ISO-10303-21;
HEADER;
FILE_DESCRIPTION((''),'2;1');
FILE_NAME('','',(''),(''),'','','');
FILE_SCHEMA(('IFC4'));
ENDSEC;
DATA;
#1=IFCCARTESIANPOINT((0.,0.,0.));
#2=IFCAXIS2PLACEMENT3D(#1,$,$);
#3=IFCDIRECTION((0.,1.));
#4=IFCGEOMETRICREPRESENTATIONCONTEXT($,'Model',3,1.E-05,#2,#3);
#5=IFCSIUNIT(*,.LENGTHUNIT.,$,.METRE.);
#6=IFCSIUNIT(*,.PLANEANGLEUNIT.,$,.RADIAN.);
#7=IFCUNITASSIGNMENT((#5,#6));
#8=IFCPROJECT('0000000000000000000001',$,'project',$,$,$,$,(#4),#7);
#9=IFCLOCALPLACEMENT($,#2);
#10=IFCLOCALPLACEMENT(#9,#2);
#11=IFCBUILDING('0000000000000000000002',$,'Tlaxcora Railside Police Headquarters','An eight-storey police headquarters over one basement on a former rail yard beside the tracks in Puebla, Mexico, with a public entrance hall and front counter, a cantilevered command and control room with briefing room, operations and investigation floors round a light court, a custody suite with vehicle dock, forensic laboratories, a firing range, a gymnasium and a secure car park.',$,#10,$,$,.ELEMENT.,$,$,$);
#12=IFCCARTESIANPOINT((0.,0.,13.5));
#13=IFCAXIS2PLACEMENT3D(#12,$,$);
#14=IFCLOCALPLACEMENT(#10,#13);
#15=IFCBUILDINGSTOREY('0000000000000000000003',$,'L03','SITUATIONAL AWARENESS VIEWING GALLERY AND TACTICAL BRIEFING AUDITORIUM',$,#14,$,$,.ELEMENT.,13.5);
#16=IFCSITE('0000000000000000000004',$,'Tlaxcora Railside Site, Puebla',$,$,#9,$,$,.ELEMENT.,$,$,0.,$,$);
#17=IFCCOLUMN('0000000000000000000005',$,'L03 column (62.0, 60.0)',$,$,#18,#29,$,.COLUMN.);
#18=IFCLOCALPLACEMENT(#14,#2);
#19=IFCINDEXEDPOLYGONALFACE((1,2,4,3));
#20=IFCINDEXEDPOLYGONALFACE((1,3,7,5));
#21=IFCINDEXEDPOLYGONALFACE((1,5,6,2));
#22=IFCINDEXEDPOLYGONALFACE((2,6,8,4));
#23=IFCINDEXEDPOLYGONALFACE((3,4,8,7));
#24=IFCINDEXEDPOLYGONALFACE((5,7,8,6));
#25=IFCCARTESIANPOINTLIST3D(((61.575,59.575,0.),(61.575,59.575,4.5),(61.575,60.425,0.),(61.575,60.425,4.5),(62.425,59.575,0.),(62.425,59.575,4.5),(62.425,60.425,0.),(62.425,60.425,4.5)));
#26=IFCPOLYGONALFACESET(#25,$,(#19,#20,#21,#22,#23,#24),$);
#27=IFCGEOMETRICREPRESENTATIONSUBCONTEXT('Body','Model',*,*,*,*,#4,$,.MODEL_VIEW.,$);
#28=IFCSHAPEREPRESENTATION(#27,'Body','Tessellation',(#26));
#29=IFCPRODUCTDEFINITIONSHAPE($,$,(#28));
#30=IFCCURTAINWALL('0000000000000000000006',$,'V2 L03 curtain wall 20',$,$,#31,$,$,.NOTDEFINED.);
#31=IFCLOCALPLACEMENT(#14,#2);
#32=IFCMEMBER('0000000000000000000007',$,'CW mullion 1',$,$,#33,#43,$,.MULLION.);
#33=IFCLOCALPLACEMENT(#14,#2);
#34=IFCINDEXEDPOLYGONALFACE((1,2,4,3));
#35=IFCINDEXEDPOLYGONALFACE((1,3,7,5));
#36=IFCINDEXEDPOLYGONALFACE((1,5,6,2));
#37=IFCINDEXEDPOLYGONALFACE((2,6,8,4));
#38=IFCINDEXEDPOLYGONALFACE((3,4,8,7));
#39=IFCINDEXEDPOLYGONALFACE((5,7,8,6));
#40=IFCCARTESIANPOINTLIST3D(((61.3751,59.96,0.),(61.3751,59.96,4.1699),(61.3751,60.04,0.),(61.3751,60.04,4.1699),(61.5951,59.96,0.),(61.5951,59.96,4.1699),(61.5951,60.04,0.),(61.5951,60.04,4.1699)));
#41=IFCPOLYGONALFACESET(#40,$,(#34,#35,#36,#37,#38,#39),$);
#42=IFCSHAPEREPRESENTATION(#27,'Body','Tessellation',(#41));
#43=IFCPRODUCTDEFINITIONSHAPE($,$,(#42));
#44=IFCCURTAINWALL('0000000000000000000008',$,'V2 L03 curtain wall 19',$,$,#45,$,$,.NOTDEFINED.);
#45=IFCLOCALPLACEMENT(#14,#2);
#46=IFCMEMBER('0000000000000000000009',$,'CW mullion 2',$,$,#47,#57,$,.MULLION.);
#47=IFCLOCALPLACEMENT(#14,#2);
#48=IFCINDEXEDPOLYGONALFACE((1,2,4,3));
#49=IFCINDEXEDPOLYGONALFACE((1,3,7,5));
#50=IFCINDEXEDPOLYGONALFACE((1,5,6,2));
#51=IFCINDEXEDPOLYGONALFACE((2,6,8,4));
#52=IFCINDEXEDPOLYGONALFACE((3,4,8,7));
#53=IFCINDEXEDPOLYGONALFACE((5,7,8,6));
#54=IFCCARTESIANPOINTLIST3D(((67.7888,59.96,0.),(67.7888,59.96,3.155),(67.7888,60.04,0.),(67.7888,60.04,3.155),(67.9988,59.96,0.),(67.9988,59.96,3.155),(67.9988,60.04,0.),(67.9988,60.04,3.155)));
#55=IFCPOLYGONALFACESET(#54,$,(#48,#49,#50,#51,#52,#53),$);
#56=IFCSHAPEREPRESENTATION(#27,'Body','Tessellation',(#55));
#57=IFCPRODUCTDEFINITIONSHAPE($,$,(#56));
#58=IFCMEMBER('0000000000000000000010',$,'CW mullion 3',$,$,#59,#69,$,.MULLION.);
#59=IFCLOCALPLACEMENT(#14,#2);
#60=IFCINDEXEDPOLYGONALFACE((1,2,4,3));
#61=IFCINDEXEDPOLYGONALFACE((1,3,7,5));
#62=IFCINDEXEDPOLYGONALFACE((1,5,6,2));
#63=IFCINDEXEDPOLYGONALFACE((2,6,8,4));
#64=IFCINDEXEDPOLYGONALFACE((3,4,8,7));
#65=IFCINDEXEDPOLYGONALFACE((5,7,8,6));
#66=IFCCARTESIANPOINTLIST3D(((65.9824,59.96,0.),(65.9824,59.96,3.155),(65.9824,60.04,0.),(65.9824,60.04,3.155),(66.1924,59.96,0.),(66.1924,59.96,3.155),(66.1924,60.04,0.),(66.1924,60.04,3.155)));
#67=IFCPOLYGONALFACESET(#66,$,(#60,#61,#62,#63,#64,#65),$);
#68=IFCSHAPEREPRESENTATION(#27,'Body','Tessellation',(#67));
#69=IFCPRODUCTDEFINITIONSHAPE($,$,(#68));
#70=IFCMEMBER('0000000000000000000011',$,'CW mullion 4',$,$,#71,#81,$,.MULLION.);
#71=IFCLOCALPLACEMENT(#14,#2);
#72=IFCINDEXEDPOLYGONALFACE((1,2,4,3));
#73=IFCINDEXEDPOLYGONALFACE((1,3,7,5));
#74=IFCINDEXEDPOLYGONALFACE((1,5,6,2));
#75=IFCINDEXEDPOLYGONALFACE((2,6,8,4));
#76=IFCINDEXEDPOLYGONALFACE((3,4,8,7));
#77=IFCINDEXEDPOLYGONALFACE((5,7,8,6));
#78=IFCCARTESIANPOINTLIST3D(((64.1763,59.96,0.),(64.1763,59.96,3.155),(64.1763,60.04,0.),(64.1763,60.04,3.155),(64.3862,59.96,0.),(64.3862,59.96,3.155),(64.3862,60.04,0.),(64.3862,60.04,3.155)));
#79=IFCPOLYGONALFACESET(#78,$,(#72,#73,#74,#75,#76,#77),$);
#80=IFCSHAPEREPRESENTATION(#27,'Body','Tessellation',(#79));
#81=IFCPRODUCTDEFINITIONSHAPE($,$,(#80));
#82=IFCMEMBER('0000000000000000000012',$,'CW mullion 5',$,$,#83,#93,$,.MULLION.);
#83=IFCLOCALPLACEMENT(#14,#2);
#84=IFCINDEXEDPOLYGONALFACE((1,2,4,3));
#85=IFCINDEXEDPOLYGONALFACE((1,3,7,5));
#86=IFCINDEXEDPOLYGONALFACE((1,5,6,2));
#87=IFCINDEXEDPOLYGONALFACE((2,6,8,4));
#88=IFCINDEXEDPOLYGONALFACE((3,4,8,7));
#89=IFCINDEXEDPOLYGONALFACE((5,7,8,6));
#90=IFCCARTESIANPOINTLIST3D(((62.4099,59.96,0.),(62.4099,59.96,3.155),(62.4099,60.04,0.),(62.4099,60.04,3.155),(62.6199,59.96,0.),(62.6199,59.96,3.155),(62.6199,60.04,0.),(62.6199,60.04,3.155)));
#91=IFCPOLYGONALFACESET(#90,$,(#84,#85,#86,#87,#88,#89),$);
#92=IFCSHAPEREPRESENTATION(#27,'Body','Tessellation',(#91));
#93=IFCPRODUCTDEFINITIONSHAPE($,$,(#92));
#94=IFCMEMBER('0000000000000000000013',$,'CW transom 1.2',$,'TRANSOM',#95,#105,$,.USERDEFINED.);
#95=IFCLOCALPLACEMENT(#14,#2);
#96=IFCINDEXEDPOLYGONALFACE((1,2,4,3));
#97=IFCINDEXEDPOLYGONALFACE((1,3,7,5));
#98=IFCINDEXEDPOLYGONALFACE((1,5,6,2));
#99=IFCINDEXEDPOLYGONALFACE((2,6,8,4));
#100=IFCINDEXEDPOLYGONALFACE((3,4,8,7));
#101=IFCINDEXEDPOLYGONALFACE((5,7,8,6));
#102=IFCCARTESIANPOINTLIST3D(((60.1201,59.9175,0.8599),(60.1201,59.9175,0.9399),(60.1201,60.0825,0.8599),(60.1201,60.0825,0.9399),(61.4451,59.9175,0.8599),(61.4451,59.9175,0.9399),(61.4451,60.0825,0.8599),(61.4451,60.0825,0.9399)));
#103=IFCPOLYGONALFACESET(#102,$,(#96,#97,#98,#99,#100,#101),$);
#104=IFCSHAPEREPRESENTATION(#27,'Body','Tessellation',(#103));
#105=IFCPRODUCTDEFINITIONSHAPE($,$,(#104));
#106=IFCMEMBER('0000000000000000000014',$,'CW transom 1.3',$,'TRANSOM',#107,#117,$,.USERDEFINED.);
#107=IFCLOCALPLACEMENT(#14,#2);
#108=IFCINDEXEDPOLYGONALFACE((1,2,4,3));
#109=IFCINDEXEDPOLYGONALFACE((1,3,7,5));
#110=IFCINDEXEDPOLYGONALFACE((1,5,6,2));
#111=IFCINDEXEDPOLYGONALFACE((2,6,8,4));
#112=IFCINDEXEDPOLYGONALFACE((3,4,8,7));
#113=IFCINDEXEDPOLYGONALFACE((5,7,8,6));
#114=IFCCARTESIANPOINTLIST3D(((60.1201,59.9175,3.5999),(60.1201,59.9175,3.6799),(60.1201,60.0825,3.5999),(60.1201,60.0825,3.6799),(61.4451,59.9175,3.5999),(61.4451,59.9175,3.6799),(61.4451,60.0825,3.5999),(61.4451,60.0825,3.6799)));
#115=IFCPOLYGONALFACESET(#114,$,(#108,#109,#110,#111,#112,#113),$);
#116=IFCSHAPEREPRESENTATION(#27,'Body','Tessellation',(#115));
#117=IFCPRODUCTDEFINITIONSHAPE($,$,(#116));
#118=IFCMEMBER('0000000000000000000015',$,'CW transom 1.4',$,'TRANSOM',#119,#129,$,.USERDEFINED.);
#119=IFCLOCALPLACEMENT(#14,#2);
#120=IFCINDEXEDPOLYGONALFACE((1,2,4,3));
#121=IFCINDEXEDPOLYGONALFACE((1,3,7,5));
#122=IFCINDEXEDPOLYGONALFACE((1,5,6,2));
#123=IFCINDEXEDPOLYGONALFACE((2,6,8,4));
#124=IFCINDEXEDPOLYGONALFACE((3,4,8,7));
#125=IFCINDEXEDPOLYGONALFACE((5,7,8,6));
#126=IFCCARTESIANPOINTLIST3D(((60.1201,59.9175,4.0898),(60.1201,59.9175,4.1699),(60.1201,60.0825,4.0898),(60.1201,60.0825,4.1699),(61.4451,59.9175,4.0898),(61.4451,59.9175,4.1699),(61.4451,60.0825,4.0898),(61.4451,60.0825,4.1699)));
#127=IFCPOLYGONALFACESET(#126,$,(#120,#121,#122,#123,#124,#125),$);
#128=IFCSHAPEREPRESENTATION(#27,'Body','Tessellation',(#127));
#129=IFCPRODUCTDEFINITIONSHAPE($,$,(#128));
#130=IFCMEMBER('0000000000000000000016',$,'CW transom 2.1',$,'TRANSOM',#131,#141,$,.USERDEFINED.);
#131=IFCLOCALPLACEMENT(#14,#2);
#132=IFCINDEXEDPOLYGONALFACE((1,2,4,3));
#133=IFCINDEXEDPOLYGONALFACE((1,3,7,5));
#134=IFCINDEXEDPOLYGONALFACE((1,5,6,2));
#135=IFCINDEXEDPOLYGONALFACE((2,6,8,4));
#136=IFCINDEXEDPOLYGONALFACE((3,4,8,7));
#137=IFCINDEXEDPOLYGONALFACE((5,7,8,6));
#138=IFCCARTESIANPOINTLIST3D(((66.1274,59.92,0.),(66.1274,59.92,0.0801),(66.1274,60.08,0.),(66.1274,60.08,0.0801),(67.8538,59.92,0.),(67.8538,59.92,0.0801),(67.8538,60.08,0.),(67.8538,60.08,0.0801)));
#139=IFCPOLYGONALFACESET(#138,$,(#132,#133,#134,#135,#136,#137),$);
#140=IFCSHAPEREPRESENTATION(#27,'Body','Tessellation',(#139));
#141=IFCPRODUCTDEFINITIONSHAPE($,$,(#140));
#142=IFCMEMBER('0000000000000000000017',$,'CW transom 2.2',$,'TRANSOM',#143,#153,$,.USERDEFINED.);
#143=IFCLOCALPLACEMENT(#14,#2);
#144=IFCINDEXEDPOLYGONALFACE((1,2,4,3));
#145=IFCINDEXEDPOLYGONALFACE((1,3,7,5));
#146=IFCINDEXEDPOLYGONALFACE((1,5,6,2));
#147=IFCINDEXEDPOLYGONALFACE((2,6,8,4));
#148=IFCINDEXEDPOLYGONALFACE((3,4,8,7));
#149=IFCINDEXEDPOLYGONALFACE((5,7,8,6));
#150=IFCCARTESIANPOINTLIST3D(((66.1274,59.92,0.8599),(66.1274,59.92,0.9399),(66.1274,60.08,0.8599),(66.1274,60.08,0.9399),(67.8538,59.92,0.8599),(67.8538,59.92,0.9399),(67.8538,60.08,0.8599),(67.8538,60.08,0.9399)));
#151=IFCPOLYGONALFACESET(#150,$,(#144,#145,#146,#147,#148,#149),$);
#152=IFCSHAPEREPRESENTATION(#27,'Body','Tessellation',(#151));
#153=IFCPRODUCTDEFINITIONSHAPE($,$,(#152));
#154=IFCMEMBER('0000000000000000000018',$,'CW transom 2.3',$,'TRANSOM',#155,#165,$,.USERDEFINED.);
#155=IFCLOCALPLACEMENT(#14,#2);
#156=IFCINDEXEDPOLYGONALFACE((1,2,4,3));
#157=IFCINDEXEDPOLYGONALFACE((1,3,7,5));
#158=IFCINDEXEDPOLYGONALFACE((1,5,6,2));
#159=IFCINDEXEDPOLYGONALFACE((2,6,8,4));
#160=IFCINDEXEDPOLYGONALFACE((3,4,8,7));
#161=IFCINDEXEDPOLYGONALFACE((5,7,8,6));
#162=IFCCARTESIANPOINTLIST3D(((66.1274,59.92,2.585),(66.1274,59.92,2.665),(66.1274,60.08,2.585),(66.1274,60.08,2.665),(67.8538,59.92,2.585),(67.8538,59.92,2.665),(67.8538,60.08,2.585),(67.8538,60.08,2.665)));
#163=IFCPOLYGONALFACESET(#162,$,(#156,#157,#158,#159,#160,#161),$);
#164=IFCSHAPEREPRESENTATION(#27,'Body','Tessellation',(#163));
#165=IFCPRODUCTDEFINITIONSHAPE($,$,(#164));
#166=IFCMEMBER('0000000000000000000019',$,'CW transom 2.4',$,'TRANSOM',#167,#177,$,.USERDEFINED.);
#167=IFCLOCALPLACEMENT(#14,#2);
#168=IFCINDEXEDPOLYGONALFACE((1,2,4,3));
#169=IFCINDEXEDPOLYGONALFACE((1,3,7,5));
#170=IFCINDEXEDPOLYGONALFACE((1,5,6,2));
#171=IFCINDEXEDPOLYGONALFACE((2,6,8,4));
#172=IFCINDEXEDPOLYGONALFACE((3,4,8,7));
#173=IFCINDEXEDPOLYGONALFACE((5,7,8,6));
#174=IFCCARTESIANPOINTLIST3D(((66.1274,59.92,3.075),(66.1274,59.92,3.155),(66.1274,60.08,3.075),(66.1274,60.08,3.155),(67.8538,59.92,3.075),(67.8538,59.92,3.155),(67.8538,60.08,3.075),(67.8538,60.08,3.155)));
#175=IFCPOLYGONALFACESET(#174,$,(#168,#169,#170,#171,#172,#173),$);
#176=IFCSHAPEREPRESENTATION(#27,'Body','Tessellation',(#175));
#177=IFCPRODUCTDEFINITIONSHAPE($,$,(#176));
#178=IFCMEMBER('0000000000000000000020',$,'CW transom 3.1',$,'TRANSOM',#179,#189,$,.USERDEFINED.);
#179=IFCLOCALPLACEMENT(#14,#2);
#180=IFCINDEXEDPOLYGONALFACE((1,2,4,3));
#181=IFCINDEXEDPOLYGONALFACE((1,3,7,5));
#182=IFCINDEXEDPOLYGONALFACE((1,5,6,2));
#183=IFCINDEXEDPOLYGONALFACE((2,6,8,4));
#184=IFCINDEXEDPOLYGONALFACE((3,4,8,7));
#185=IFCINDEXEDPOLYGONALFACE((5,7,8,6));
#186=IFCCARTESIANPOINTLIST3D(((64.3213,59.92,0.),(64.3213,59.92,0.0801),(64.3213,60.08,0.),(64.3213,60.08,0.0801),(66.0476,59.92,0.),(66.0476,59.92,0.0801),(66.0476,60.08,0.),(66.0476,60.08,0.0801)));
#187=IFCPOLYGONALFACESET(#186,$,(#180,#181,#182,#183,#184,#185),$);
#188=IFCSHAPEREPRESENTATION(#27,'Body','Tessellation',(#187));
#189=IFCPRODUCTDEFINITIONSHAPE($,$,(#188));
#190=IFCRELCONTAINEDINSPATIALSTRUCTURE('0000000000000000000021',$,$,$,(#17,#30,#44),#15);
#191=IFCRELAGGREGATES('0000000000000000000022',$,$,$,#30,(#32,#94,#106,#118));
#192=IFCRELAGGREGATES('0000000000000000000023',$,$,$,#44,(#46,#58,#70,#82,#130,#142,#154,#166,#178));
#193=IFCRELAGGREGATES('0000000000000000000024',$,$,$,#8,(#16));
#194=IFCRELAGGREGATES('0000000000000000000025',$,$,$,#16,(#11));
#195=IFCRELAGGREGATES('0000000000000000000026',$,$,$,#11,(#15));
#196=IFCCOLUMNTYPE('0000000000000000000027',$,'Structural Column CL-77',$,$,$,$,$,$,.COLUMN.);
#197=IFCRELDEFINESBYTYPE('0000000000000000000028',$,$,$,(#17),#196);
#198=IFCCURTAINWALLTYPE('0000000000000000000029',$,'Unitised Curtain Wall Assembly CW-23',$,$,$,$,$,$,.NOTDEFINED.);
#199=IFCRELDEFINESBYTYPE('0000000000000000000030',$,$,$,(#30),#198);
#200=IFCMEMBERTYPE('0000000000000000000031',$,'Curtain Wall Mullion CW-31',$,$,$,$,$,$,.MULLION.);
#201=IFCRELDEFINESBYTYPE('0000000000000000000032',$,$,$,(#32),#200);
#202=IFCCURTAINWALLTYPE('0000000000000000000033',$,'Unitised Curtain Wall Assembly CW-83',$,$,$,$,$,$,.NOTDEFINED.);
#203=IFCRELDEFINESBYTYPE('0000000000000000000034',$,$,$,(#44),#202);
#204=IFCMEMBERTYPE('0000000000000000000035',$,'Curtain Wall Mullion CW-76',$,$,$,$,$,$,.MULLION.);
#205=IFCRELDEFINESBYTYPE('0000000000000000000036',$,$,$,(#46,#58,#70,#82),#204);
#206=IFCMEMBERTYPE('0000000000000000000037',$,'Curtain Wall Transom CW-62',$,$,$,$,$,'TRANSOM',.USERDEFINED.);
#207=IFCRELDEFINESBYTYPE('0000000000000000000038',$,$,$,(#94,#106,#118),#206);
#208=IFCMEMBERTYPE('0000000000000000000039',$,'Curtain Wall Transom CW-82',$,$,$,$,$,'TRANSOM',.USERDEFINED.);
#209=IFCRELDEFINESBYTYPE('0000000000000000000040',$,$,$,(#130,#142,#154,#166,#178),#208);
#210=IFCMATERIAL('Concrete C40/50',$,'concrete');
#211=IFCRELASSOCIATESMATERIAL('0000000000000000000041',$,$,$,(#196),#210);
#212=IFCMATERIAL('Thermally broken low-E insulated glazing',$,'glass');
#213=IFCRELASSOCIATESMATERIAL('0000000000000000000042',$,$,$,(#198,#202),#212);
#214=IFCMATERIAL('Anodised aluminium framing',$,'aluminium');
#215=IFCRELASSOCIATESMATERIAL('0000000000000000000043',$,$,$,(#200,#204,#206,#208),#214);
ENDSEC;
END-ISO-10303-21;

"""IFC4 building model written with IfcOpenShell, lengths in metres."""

from ifc_helpers import new_model, si_unit, direction, frame, origin, origin_2d, place, context, subcontext, project, spatial, rectangle, extrude, material, material_profile, profile_set, type_object, element, aggregate, save


model = new_model("IFC4")

# Units and contexts
model_context = context("Model", 3, precision=1e-05, world=origin(), true_north=direction((0.0, 1.0)))
body_context = subcontext(model_context, "Body", "Model", "MODEL_VIEW")
ifc_project = project(units=[si_unit("LENGTHUNIT", "METRE"), si_unit("PLANEANGLEUNIT", "RADIAN")], contexts=[model_context])

# Site, building, storey
site_placement = place(None, origin())
site = spatial("IfcSite", under=ifc_project, at=site_placement, Name="Tlaxcora Railside Site, Puebla", CompositionType="ELEMENT", RefElevation=0.0)
building_placement = place(site_placement, origin())
building = spatial("IfcBuilding", under=site, at=building_placement, Name="Tlaxcora Railside Police Headquarters", Description="An eight-storey police headquarters over one basement on a former rail yard beside the tracks in Puebla, Mexico, with a public entrance hall and front counter, a cantilevered command and control room with briefing room, operations and investigation floors round a light court, a custody suite with vehicle dock, forensic laboratories, a firing range, a gymnasium and a secure car park.", CompositionType="ELEMENT")
storey_placement = place(building_placement, frame((0.0, 0.0, 13.5)))
storey = spatial("IfcBuildingStorey", under=building, at=storey_placement, Name="L03", Description="SITUATIONAL AWARENESS VIEWING GALLERY AND TACTICAL BRIEFING AUDITORIUM", CompositionType="ELEMENT", Elevation=13.5)

# Column
ifc_material_1 = material(Name="Concrete C40/50", Category="concrete")
ifc_material_profile_1 = material_profile(ifc_material_1, rectangle(XDim=0.8501, YDim=0.8501, at=origin_2d()), Name="RC850X850")
ifc_profile_set_1 = profile_set([ifc_material_profile_1], Name="Concrete C40/50")
column_type = type_object("IfcColumnType", Name="Structural Column CL-77", PredefinedType="COLUMN", material=ifc_profile_set_1)
column_placement = place(storey_placement, frame((62.0, 60.0, 0.0), z_axis=(0.0, 0.0, 1.0), x_axis=(1.0, 0.0, 0.0)))
element("IfcColumn", 1, at=column_placement, inside=storey, type_object=column_type, Name="L03 column (62.0, 60.0)", PredefinedType="COLUMN", context=body_context, shape_type="SweptSolid", body=[
    extrude(rectangle(XDim=0.8501, YDim=0.8501, at=origin_2d()), origin(), (0.0, 0.0, 1.0), 4.5),
])

# Curtain wall, member
ifc_material_2 = material(Name="Thermally broken low-E insulated glazing", Category="glass")
curtain_wall_type_1 = type_object("IfcCurtainWallType", Name="Unitised Curtain Wall Assembly CW-23", PredefinedType="NOTDEFINED", material=ifc_material_2)
curtain_wall_1_placement = place(storey_placement, origin())
curtain_wall_1 = element("IfcCurtainWall", 2, at=curtain_wall_1_placement, inside=storey, type_object=curtain_wall_type_1, Name="V2 L03 curtain wall 20", PredefinedType="NOTDEFINED")
ifc_material_3 = material(Name="Anodised aluminium framing", Category="aluminium")
ifc_material_profile_2 = material_profile(ifc_material_3, rectangle(XDim=0.0801, YDim=0.22, at=origin_2d()), Name="AL80X220")
ifc_profile_set_2 = profile_set([ifc_material_profile_2], Name="Anodised aluminium framing")
member_type_1 = type_object("IfcMemberType", Name="Curtain Wall Mullion CW-31", PredefinedType="MULLION", material=ifc_profile_set_2)
member_1_placement = place(storey_placement, frame((61.4851, 60.0, 0.0), z_axis=(0.0, 0.0, 1.0), x_axis=(0.0, -1.0, 0.0)))
member_1 = element("IfcMember", 3, at=member_1_placement, type_object=member_type_1, Name="CW mullion 1", PredefinedType="MULLION", context=body_context, shape_type="SweptSolid", body=[
    extrude(rectangle(XDim=0.0801, YDim=0.22, at=origin_2d()), origin(), (0.0, 0.0, 1.0), 4.1699),
])

# Curtain wall, members
curtain_wall_type_2 = type_object("IfcCurtainWallType", Name="Unitised Curtain Wall Assembly CW-83", PredefinedType="NOTDEFINED", material=ifc_material_2)
curtain_wall_2_placement = place(storey_placement, origin())
curtain_wall_2 = element("IfcCurtainWall", 4, at=curtain_wall_2_placement, inside=storey, type_object=curtain_wall_type_2, Name="V2 L03 curtain wall 19", PredefinedType="NOTDEFINED")
ifc_material_profile_3 = material_profile(ifc_material_3, rectangle(XDim=0.0801, YDim=0.21, at=origin_2d()), Name="AL80X210")
ifc_profile_set_3 = profile_set([ifc_material_profile_3], Name="Anodised aluminium framing")
member_type_2 = type_object("IfcMemberType", Name="Curtain Wall Mullion CW-76", PredefinedType="MULLION", material=ifc_profile_set_3)
member_2_placement = place(storey_placement, frame((67.8938, 60.0, 0.0), z_axis=(0.0, 0.0, 1.0), x_axis=(0.0, -1.0, 0.0)))
member_2 = element("IfcMember", 5, at=member_2_placement, type_object=member_type_2, Name="CW mullion 2", PredefinedType="MULLION", context=body_context, shape_type="SweptSolid", body=[
    extrude(rectangle(XDim=0.0801, YDim=0.21, at=origin_2d()), origin(), (0.0, 0.0, 1.0), 3.155),
])
member_3_placement = place(storey_placement, frame((66.0874, 60.0, 0.0), z_axis=(0.0, 0.0, 1.0), x_axis=(0.0, -1.0, 0.0)))
member_3 = element("IfcMember", 6, at=member_3_placement, type_object=member_type_2, Name="CW mullion 3", PredefinedType="MULLION", context=body_context, shape_type="SweptSolid", body=[
    extrude(rectangle(XDim=0.0801, YDim=0.21, at=origin_2d()), origin(), (0.0, 0.0, 1.0), 3.155),
])
member_4_placement = place(storey_placement, frame((64.2812, 60.0, 0.0), z_axis=(0.0, 0.0, 1.0), x_axis=(0.0, -1.0, 0.0)))
member_4 = element("IfcMember", 7, at=member_4_placement, type_object=member_type_2, Name="CW mullion 4", PredefinedType="MULLION", context=body_context, shape_type="SweptSolid", body=[
    extrude(rectangle(XDim=0.0801, YDim=0.21, at=origin_2d()), origin(), (0.0, 0.0, 1.0), 3.155),
])
member_5_placement = place(storey_placement, frame((62.5149, 60.0, 0.0), z_axis=(0.0, 0.0, 1.0), x_axis=(0.0, -1.0, 0.0)))
member_5 = element("IfcMember", 8, at=member_5_placement, type_object=member_type_2, Name="CW mullion 5", PredefinedType="MULLION", context=body_context, shape_type="SweptSolid", body=[
    extrude(rectangle(XDim=0.0801, YDim=0.21, at=origin_2d()), origin(), (0.0, 0.0, 1.0), 3.155),
])

# Members
ifc_material_profile_4 = material_profile(ifc_material_3, rectangle(XDim=0.165, YDim=0.0801, at=origin_2d()), Name="AL80X165")
ifc_profile_set_4 = profile_set([ifc_material_profile_4], Name="Anodised aluminium framing")
member_type_3 = type_object("IfcMemberType", Name="Curtain Wall Transom CW-62", ElementType="TRANSOM", PredefinedType="USERDEFINED", material=ifc_profile_set_4)
member_6_placement = place(storey_placement, frame((61.4451, 60.0, 0.8999), z_axis=(-1.0, 0.0, 0.0), x_axis=(0.0, -1.0, 0.0)))
member_6 = element("IfcMember", 9, at=member_6_placement, type_object=member_type_3, Name="CW transom 1.2", ObjectType="TRANSOM", PredefinedType="USERDEFINED", context=body_context, shape_type="SweptSolid", body=[
    extrude(rectangle(XDim=0.165, YDim=0.0801, at=origin_2d()), origin(), (0.0, 0.0, 1.0), 1.325),
])
member_7_placement = place(storey_placement, frame((61.4451, 60.0, 3.6399), z_axis=(-1.0, 0.0, 0.0), x_axis=(0.0, -1.0, 0.0)))
member_7 = element("IfcMember", 10, at=member_7_placement, type_object=member_type_3, Name="CW transom 1.3", ObjectType="TRANSOM", PredefinedType="USERDEFINED", context=body_context, shape_type="SweptSolid", body=[
    extrude(rectangle(XDim=0.165, YDim=0.0801, at=origin_2d()), origin(), (0.0, 0.0, 1.0), 1.325),
])
member_8_placement = place(storey_placement, frame((61.4451, 60.0, 4.1299), z_axis=(-1.0, 0.0, 0.0), x_axis=(0.0, -1.0, 0.0)))
member_8 = element("IfcMember", 11, at=member_8_placement, type_object=member_type_3, Name="CW transom 1.4", ObjectType="TRANSOM", PredefinedType="USERDEFINED", context=body_context, shape_type="SweptSolid", body=[
    extrude(rectangle(XDim=0.165, YDim=0.0801, at=origin_2d()), origin(), (0.0, 0.0, 1.0), 1.325),
])
aggregate(curtain_wall_1, [member_1, member_6, member_7, member_8])
ifc_material_profile_5 = material_profile(ifc_material_3, rectangle(XDim=0.1599, YDim=0.0801, at=origin_2d()), Name="AL80X160")
ifc_profile_set_5 = profile_set([ifc_material_profile_5], Name="Anodised aluminium framing")
member_type_4 = type_object("IfcMemberType", Name="Curtain Wall Transom CW-82", ElementType="TRANSOM", PredefinedType="USERDEFINED", material=ifc_profile_set_5)
member_9_placement = place(storey_placement, frame((67.8538, 60.0, 0.04), z_axis=(-1.0, 0.0, 0.0), x_axis=(0.0, -1.0, 0.0)))
member_9 = element("IfcMember", 12, at=member_9_placement, type_object=member_type_4, Name="CW transom 2.1", ObjectType="TRANSOM", PredefinedType="USERDEFINED", context=body_context, shape_type="SweptSolid", body=[
    extrude(rectangle(XDim=0.1599, YDim=0.0801, at=origin_2d()), origin(), (0.0, 0.0, 1.0), 1.7263),
])
member_10_placement = place(storey_placement, frame((67.8538, 60.0, 0.8999), z_axis=(-1.0, 0.0, 0.0), x_axis=(0.0, -1.0, 0.0)))
member_10 = element("IfcMember", 13, at=member_10_placement, type_object=member_type_4, Name="CW transom 2.2", ObjectType="TRANSOM", PredefinedType="USERDEFINED", context=body_context, shape_type="SweptSolid", body=[
    extrude(rectangle(XDim=0.1599, YDim=0.0801, at=origin_2d()), origin(), (0.0, 0.0, 1.0), 1.7263),
])
member_11_placement = place(storey_placement, frame((67.8538, 60.0, 2.625), z_axis=(-1.0, 0.0, 0.0), x_axis=(0.0, -1.0, 0.0)))
member_11 = element("IfcMember", 14, at=member_11_placement, type_object=member_type_4, Name="CW transom 2.3", ObjectType="TRANSOM", PredefinedType="USERDEFINED", context=body_context, shape_type="SweptSolid", body=[
    extrude(rectangle(XDim=0.1599, YDim=0.0801, at=origin_2d()), origin(), (0.0, 0.0, 1.0), 1.7263),
])
member_12_placement = place(storey_placement, frame((67.8538, 60.0, 3.115), z_axis=(-1.0, 0.0, 0.0), x_axis=(0.0, -1.0, 0.0)))
member_12 = element("IfcMember", 15, at=member_12_placement, type_object=member_type_4, Name="CW transom 2.4", ObjectType="TRANSOM", PredefinedType="USERDEFINED", context=body_context, shape_type="SweptSolid", body=[
    extrude(rectangle(XDim=0.1599, YDim=0.0801, at=origin_2d()), origin(), (0.0, 0.0, 1.0), 1.7263),
])
member_13_placement = place(storey_placement, frame((66.0476, 60.0, 0.04), z_axis=(-1.0, 0.0, 0.0), x_axis=(0.0, -1.0, 0.0)))
member_13 = element("IfcMember", 16, at=member_13_placement, type_object=member_type_4, Name="CW transom 3.1", ObjectType="TRANSOM", PredefinedType="USERDEFINED", context=body_context, shape_type="SweptSolid", body=[
    extrude(rectangle(XDim=0.1599, YDim=0.0801, at=origin_2d()), origin(), (0.0, 0.0, 1.0), 1.7263),
])

aggregate(curtain_wall_2, [member_2, member_3, member_4, member_5, member_9, member_10, member_11, member_12, member_13])

save(model, "model.ifc")
